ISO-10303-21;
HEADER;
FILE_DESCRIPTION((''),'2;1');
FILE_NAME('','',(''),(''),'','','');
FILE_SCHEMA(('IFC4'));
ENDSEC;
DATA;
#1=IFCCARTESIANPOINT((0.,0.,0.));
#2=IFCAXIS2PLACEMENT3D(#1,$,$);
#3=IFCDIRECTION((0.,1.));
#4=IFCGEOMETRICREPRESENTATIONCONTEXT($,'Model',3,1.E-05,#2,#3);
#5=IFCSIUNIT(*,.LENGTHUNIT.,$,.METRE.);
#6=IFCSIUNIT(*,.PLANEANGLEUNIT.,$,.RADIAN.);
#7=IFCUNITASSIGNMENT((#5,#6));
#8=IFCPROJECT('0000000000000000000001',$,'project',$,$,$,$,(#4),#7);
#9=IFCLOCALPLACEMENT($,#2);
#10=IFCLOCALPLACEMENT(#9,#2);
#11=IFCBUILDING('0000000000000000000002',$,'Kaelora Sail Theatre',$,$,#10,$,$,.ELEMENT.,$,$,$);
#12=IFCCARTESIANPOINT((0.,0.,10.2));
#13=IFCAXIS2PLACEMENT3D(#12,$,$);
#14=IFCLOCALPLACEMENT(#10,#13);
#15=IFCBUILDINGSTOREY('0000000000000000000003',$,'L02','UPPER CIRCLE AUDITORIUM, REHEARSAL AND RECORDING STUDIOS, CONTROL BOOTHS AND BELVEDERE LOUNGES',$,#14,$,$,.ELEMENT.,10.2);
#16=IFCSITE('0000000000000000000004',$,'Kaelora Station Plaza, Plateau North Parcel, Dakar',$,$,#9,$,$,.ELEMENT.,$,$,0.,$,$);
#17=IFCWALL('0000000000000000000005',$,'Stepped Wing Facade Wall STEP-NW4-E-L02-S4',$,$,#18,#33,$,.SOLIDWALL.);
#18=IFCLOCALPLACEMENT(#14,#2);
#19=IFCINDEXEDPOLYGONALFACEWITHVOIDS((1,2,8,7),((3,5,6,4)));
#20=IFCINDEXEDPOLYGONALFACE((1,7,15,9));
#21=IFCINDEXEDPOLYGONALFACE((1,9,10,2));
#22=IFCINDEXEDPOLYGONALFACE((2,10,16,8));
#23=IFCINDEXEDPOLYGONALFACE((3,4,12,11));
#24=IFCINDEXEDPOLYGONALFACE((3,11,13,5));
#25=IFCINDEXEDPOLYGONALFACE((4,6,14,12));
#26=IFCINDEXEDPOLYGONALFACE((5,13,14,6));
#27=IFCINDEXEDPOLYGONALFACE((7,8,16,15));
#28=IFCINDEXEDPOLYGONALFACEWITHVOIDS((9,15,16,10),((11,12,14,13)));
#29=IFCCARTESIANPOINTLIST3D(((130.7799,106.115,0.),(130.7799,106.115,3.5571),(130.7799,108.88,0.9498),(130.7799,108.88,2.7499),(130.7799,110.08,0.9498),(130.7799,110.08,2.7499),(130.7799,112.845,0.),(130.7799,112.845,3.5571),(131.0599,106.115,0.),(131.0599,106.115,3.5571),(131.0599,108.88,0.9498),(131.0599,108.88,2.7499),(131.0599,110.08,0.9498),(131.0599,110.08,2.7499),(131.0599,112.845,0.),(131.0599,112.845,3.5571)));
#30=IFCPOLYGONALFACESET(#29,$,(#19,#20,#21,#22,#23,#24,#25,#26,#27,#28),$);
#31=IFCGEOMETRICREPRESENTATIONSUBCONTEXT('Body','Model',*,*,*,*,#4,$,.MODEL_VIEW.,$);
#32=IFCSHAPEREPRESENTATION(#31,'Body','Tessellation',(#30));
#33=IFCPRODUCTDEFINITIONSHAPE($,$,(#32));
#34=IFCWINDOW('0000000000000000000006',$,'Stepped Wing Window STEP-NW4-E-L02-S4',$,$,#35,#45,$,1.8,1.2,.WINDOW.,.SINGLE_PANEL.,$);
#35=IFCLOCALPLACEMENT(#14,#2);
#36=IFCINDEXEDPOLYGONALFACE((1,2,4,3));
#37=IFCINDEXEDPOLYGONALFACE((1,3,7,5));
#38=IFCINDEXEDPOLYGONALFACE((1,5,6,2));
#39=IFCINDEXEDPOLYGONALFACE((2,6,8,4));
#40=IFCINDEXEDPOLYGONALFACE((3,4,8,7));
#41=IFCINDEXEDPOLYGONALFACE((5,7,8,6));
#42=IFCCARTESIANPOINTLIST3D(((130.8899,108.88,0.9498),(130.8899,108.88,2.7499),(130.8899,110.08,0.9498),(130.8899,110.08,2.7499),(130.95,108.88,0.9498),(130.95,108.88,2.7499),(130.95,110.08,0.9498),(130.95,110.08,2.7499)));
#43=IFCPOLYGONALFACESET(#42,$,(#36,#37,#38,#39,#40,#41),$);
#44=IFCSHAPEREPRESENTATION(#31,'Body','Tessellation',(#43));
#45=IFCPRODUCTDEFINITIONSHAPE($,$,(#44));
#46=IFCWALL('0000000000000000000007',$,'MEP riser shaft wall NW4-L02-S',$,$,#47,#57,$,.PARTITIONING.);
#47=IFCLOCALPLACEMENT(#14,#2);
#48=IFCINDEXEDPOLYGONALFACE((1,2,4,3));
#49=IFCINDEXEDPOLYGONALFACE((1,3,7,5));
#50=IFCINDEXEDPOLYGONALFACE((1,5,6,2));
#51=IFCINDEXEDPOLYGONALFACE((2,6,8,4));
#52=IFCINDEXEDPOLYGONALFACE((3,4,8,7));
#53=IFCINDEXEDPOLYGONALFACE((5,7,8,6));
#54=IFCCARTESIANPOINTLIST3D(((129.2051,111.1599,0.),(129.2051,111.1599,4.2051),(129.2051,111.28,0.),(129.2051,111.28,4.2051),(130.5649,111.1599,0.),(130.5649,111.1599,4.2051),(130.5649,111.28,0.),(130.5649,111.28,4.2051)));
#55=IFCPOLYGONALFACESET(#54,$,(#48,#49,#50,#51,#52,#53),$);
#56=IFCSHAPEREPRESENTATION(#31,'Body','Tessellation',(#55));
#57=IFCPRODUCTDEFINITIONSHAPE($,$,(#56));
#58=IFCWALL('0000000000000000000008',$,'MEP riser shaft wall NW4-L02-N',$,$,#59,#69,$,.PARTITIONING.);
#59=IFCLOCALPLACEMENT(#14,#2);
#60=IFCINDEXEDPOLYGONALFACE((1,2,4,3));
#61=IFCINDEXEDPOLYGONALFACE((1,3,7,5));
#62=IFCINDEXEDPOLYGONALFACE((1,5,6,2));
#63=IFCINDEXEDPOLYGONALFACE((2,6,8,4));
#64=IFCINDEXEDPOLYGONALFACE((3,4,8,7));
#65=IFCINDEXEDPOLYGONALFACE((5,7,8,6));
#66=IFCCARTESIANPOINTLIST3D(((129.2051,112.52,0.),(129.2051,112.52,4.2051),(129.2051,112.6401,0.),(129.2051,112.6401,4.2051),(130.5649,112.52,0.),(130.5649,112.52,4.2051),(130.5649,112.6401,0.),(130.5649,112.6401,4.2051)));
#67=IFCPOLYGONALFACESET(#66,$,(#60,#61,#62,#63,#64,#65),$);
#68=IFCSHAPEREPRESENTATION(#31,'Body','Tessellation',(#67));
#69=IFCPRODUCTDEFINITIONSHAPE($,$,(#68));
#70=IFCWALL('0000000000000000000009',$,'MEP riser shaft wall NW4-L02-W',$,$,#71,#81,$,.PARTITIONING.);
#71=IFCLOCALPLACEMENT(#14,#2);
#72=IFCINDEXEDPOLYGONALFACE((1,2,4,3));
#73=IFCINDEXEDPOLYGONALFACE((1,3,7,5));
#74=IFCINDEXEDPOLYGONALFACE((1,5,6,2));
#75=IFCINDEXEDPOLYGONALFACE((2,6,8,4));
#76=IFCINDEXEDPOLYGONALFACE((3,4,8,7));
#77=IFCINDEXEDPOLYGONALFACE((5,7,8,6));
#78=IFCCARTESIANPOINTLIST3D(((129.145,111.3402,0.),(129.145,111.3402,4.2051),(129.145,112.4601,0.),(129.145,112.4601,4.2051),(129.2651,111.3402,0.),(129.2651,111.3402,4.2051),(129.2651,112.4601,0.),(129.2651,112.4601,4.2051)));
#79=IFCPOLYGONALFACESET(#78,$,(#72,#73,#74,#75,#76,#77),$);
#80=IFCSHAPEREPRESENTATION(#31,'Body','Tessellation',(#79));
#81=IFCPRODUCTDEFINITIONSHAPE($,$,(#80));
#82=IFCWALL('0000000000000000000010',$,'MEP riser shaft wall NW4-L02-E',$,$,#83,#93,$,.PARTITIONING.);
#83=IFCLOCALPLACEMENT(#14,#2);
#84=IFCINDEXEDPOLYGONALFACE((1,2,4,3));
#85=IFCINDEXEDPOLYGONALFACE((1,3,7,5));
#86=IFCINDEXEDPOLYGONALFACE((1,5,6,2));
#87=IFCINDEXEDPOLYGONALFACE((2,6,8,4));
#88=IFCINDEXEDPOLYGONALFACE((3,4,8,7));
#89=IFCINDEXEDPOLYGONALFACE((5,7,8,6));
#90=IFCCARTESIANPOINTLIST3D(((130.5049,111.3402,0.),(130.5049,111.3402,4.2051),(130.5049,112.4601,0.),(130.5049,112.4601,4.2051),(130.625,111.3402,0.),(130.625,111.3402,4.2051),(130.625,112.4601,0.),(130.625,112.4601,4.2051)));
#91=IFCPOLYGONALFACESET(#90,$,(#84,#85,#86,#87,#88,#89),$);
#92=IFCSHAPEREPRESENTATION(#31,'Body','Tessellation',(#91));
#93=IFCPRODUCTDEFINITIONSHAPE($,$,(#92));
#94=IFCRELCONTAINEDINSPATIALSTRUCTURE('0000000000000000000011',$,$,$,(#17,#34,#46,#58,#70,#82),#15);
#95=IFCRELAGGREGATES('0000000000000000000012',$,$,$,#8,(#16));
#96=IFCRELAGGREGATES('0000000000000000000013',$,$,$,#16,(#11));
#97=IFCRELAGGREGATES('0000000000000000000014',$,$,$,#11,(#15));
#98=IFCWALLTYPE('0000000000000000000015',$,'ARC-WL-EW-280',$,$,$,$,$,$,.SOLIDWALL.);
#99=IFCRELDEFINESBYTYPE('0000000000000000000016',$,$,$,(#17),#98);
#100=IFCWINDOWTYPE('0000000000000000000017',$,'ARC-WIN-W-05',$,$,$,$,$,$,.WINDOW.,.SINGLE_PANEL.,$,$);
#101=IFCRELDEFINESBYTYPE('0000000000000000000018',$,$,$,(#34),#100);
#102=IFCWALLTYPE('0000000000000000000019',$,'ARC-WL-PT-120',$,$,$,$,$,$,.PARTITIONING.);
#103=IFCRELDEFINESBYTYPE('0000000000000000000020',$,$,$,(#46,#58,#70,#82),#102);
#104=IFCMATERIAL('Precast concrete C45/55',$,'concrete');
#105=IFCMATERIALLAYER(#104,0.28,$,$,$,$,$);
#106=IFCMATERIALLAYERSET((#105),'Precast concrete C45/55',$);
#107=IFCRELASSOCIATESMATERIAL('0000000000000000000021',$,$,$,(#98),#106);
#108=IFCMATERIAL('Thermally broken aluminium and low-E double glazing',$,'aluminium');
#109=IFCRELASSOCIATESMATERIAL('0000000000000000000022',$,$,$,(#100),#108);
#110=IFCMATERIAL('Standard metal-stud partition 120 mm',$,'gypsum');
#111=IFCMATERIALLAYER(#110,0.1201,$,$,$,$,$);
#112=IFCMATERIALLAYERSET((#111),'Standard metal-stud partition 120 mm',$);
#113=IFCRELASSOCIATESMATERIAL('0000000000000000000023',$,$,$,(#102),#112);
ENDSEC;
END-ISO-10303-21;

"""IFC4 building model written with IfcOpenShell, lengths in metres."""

from ifc_helpers import new_model, si_unit, direction, frame, frame_2d, origin, place, context, subcontext, project, spatial, rectangle, extrude, material, layer, layer_set, type_object, element, fill, save


model = new_model("IFC4")

# Units and contexts
model_context = context("Model", 3, precision=1e-05, world=origin(), true_north=direction((0.0, 1.0)))
body_context = subcontext(model_context, "Body", "Model", "MODEL_VIEW")
ifc_project = project(units=[si_unit("LENGTHUNIT", "METRE"), si_unit("PLANEANGLEUNIT", "RADIAN")], contexts=[model_context])

# Site, building, storey
site_placement = place(None, origin())
site = spatial("IfcSite", under=ifc_project, at=site_placement, Name="Kaelora Station Plaza, Plateau North Parcel, Dakar", CompositionType="ELEMENT", RefElevation=0.0)
building_placement = place(site_placement, origin())
building = spatial("IfcBuilding", under=site, at=building_placement, Name="Kaelora Sail Theatre", CompositionType="ELEMENT")
storey_placement = place(building_placement, frame((0.0, 0.0, 10.2)))
storey = spatial("IfcBuildingStorey", under=building, at=storey_placement, Name="L02", Description="UPPER CIRCLE AUDITORIUM, REHEARSAL AND RECORDING STUDIOS, CONTROL BOOTHS AND BELVEDERE LOUNGES", CompositionType="ELEMENT", Elevation=10.2)

# Shared definitions
ifc_material_1 = material(Name="Precast concrete C45/55", Category="concrete")
ifc_layer_1 = layer(ifc_material_1, 0.28)
ifc_layer_set_1 = layer_set([ifc_layer_1], Name="Precast concrete C45/55")
wall_type_1 = type_object("IfcWallType", Name="ARC-WL-EW-280", PredefinedType="SOLIDWALL", material=ifc_layer_set_1)

# Wall, opening, window
wall_1_placement = place(storey_placement, frame((130.9199, 106.115, 0.0), z_axis=(0.0, 0.0, 1.0), x_axis=(0.0, 1.0, 0.0)))
wall_1 = element("IfcWall", 1, at=wall_1_placement, inside=storey, type_object=wall_type_1, Name="Stepped Wing Facade Wall STEP-NW4-E-L02-S4", PredefinedType="SOLIDWALL", context=body_context, shape_type="SweptSolid", body=[
    extrude(rectangle(XDim=6.73, YDim=0.28, at=frame_2d((3.365, 0.0))), origin(), (0.0, 0.0, 1.0), 3.5571),
])
opening_1_placement = place(wall_1_placement, frame((2.7649, 0.0, 0.95)))
opening_1 = element("IfcOpeningElement", 2, at=opening_1_placement, cuts=wall_1, PredefinedType="OPENING", context=body_context, shape_type="SweptSolid", body=[
    extrude(rectangle(XDim=1.2, YDim=1.8, at=frame_2d((0.6001, 0.8999))), frame((0.0, 0.1501, 0.0), z_axis=(0.0, -1.0, 0.0), x_axis=(1.0, 0.0, 0.0)), (0.0, 0.0, 1.0), 0.3),
])
ifc_material_2 = material(Name="Thermally broken aluminium and low-E double glazing", Category="aluminium")
window_type_1 = type_object("IfcWindowType", Name="ARC-WIN-W-05", PartitioningType="SINGLE_PANEL", PredefinedType="WINDOW", material=ifc_material_2)
window_1_placement = place(opening_1_placement, origin())
window_1 = element("IfcWindow", 3, at=window_1_placement, inside=storey, type_object=window_type_1, Name="Stepped Wing Window STEP-NW4-E-L02-S4", OverallHeight=1.8, OverallWidth=1.2, PartitioningType="SINGLE_PANEL", PredefinedType="WINDOW", context=body_context, shape_type="SweptSolid", body=[
    extrude(rectangle(XDim=1.2, YDim=1.8, at=frame_2d((0.6001, 0.8999))), frame((0.0, 0.03, 0.0), z_axis=(0.0, -1.0, 0.0), x_axis=(1.0, 0.0, 0.0)), (0.0, 0.0, 1.0), 0.0601),
])
fill(opening_1, window_1)

# Walls
ifc_material_3 = material(Name="Standard metal-stud partition 120 mm", Category="gypsum")
ifc_layer_2 = layer(ifc_material_3, 0.1201)
ifc_layer_set_2 = layer_set([ifc_layer_2], Name="Standard metal-stud partition 120 mm")
wall_type_2 = type_object("IfcWallType", Name="ARC-WL-PT-120", PredefinedType="PARTITIONING", material=ifc_layer_set_2)
for number, where, z_axis, x_axis, name in (
    (4, (129.2051, 111.22, 0.0), (0.0, 0.0, 1.0), (1.0, 0.0, 0.0), "MEP riser shaft wall NW4-L02-S"),
    (5, (129.2051, 112.5801, 0.0), (0.0, 0.0, 1.0), (1.0, 0.0, 0.0), "MEP riser shaft wall NW4-L02-N"),
):
    element("IfcWall", number, at=place(storey_placement, frame(where, z_axis=z_axis, x_axis=x_axis)), inside=storey, type_object=wall_type_2, Name=name, PredefinedType="PARTITIONING", context=body_context, shape_type="SweptSolid", body=[
        extrude(rectangle(XDim=1.3599, YDim=0.1201, at=frame_2d((0.6799, 0.0))), origin(), (0.0, 0.0, 1.0), 4.2051),
    ])
for number, where, z_axis, x_axis, name in (
    (6, (129.2051, 111.3401, 0.0), (0.0, 0.0, 1.0), (0.0, 1.0, 0.0), "MEP riser shaft wall NW4-L02-W"),
    (7, (130.5649, 111.3401, 0.0), (0.0, 0.0, 1.0), (0.0, 1.0, 0.0), "MEP riser shaft wall NW4-L02-E"),
):
    element("IfcWall", number, at=place(storey_placement, frame(where, z_axis=z_axis, x_axis=x_axis)), inside=storey, type_object=wall_type_2, Name=name, PredefinedType="PARTITIONING", context=body_context, shape_type="SweptSolid", body=[
        extrude(rectangle(XDim=1.1199, YDim=0.1201, at=frame_2d((0.5601, 0.0))), origin(), (0.0, 0.0, 1.0), 4.2051),
    ])

save(model, "model.ifc")
